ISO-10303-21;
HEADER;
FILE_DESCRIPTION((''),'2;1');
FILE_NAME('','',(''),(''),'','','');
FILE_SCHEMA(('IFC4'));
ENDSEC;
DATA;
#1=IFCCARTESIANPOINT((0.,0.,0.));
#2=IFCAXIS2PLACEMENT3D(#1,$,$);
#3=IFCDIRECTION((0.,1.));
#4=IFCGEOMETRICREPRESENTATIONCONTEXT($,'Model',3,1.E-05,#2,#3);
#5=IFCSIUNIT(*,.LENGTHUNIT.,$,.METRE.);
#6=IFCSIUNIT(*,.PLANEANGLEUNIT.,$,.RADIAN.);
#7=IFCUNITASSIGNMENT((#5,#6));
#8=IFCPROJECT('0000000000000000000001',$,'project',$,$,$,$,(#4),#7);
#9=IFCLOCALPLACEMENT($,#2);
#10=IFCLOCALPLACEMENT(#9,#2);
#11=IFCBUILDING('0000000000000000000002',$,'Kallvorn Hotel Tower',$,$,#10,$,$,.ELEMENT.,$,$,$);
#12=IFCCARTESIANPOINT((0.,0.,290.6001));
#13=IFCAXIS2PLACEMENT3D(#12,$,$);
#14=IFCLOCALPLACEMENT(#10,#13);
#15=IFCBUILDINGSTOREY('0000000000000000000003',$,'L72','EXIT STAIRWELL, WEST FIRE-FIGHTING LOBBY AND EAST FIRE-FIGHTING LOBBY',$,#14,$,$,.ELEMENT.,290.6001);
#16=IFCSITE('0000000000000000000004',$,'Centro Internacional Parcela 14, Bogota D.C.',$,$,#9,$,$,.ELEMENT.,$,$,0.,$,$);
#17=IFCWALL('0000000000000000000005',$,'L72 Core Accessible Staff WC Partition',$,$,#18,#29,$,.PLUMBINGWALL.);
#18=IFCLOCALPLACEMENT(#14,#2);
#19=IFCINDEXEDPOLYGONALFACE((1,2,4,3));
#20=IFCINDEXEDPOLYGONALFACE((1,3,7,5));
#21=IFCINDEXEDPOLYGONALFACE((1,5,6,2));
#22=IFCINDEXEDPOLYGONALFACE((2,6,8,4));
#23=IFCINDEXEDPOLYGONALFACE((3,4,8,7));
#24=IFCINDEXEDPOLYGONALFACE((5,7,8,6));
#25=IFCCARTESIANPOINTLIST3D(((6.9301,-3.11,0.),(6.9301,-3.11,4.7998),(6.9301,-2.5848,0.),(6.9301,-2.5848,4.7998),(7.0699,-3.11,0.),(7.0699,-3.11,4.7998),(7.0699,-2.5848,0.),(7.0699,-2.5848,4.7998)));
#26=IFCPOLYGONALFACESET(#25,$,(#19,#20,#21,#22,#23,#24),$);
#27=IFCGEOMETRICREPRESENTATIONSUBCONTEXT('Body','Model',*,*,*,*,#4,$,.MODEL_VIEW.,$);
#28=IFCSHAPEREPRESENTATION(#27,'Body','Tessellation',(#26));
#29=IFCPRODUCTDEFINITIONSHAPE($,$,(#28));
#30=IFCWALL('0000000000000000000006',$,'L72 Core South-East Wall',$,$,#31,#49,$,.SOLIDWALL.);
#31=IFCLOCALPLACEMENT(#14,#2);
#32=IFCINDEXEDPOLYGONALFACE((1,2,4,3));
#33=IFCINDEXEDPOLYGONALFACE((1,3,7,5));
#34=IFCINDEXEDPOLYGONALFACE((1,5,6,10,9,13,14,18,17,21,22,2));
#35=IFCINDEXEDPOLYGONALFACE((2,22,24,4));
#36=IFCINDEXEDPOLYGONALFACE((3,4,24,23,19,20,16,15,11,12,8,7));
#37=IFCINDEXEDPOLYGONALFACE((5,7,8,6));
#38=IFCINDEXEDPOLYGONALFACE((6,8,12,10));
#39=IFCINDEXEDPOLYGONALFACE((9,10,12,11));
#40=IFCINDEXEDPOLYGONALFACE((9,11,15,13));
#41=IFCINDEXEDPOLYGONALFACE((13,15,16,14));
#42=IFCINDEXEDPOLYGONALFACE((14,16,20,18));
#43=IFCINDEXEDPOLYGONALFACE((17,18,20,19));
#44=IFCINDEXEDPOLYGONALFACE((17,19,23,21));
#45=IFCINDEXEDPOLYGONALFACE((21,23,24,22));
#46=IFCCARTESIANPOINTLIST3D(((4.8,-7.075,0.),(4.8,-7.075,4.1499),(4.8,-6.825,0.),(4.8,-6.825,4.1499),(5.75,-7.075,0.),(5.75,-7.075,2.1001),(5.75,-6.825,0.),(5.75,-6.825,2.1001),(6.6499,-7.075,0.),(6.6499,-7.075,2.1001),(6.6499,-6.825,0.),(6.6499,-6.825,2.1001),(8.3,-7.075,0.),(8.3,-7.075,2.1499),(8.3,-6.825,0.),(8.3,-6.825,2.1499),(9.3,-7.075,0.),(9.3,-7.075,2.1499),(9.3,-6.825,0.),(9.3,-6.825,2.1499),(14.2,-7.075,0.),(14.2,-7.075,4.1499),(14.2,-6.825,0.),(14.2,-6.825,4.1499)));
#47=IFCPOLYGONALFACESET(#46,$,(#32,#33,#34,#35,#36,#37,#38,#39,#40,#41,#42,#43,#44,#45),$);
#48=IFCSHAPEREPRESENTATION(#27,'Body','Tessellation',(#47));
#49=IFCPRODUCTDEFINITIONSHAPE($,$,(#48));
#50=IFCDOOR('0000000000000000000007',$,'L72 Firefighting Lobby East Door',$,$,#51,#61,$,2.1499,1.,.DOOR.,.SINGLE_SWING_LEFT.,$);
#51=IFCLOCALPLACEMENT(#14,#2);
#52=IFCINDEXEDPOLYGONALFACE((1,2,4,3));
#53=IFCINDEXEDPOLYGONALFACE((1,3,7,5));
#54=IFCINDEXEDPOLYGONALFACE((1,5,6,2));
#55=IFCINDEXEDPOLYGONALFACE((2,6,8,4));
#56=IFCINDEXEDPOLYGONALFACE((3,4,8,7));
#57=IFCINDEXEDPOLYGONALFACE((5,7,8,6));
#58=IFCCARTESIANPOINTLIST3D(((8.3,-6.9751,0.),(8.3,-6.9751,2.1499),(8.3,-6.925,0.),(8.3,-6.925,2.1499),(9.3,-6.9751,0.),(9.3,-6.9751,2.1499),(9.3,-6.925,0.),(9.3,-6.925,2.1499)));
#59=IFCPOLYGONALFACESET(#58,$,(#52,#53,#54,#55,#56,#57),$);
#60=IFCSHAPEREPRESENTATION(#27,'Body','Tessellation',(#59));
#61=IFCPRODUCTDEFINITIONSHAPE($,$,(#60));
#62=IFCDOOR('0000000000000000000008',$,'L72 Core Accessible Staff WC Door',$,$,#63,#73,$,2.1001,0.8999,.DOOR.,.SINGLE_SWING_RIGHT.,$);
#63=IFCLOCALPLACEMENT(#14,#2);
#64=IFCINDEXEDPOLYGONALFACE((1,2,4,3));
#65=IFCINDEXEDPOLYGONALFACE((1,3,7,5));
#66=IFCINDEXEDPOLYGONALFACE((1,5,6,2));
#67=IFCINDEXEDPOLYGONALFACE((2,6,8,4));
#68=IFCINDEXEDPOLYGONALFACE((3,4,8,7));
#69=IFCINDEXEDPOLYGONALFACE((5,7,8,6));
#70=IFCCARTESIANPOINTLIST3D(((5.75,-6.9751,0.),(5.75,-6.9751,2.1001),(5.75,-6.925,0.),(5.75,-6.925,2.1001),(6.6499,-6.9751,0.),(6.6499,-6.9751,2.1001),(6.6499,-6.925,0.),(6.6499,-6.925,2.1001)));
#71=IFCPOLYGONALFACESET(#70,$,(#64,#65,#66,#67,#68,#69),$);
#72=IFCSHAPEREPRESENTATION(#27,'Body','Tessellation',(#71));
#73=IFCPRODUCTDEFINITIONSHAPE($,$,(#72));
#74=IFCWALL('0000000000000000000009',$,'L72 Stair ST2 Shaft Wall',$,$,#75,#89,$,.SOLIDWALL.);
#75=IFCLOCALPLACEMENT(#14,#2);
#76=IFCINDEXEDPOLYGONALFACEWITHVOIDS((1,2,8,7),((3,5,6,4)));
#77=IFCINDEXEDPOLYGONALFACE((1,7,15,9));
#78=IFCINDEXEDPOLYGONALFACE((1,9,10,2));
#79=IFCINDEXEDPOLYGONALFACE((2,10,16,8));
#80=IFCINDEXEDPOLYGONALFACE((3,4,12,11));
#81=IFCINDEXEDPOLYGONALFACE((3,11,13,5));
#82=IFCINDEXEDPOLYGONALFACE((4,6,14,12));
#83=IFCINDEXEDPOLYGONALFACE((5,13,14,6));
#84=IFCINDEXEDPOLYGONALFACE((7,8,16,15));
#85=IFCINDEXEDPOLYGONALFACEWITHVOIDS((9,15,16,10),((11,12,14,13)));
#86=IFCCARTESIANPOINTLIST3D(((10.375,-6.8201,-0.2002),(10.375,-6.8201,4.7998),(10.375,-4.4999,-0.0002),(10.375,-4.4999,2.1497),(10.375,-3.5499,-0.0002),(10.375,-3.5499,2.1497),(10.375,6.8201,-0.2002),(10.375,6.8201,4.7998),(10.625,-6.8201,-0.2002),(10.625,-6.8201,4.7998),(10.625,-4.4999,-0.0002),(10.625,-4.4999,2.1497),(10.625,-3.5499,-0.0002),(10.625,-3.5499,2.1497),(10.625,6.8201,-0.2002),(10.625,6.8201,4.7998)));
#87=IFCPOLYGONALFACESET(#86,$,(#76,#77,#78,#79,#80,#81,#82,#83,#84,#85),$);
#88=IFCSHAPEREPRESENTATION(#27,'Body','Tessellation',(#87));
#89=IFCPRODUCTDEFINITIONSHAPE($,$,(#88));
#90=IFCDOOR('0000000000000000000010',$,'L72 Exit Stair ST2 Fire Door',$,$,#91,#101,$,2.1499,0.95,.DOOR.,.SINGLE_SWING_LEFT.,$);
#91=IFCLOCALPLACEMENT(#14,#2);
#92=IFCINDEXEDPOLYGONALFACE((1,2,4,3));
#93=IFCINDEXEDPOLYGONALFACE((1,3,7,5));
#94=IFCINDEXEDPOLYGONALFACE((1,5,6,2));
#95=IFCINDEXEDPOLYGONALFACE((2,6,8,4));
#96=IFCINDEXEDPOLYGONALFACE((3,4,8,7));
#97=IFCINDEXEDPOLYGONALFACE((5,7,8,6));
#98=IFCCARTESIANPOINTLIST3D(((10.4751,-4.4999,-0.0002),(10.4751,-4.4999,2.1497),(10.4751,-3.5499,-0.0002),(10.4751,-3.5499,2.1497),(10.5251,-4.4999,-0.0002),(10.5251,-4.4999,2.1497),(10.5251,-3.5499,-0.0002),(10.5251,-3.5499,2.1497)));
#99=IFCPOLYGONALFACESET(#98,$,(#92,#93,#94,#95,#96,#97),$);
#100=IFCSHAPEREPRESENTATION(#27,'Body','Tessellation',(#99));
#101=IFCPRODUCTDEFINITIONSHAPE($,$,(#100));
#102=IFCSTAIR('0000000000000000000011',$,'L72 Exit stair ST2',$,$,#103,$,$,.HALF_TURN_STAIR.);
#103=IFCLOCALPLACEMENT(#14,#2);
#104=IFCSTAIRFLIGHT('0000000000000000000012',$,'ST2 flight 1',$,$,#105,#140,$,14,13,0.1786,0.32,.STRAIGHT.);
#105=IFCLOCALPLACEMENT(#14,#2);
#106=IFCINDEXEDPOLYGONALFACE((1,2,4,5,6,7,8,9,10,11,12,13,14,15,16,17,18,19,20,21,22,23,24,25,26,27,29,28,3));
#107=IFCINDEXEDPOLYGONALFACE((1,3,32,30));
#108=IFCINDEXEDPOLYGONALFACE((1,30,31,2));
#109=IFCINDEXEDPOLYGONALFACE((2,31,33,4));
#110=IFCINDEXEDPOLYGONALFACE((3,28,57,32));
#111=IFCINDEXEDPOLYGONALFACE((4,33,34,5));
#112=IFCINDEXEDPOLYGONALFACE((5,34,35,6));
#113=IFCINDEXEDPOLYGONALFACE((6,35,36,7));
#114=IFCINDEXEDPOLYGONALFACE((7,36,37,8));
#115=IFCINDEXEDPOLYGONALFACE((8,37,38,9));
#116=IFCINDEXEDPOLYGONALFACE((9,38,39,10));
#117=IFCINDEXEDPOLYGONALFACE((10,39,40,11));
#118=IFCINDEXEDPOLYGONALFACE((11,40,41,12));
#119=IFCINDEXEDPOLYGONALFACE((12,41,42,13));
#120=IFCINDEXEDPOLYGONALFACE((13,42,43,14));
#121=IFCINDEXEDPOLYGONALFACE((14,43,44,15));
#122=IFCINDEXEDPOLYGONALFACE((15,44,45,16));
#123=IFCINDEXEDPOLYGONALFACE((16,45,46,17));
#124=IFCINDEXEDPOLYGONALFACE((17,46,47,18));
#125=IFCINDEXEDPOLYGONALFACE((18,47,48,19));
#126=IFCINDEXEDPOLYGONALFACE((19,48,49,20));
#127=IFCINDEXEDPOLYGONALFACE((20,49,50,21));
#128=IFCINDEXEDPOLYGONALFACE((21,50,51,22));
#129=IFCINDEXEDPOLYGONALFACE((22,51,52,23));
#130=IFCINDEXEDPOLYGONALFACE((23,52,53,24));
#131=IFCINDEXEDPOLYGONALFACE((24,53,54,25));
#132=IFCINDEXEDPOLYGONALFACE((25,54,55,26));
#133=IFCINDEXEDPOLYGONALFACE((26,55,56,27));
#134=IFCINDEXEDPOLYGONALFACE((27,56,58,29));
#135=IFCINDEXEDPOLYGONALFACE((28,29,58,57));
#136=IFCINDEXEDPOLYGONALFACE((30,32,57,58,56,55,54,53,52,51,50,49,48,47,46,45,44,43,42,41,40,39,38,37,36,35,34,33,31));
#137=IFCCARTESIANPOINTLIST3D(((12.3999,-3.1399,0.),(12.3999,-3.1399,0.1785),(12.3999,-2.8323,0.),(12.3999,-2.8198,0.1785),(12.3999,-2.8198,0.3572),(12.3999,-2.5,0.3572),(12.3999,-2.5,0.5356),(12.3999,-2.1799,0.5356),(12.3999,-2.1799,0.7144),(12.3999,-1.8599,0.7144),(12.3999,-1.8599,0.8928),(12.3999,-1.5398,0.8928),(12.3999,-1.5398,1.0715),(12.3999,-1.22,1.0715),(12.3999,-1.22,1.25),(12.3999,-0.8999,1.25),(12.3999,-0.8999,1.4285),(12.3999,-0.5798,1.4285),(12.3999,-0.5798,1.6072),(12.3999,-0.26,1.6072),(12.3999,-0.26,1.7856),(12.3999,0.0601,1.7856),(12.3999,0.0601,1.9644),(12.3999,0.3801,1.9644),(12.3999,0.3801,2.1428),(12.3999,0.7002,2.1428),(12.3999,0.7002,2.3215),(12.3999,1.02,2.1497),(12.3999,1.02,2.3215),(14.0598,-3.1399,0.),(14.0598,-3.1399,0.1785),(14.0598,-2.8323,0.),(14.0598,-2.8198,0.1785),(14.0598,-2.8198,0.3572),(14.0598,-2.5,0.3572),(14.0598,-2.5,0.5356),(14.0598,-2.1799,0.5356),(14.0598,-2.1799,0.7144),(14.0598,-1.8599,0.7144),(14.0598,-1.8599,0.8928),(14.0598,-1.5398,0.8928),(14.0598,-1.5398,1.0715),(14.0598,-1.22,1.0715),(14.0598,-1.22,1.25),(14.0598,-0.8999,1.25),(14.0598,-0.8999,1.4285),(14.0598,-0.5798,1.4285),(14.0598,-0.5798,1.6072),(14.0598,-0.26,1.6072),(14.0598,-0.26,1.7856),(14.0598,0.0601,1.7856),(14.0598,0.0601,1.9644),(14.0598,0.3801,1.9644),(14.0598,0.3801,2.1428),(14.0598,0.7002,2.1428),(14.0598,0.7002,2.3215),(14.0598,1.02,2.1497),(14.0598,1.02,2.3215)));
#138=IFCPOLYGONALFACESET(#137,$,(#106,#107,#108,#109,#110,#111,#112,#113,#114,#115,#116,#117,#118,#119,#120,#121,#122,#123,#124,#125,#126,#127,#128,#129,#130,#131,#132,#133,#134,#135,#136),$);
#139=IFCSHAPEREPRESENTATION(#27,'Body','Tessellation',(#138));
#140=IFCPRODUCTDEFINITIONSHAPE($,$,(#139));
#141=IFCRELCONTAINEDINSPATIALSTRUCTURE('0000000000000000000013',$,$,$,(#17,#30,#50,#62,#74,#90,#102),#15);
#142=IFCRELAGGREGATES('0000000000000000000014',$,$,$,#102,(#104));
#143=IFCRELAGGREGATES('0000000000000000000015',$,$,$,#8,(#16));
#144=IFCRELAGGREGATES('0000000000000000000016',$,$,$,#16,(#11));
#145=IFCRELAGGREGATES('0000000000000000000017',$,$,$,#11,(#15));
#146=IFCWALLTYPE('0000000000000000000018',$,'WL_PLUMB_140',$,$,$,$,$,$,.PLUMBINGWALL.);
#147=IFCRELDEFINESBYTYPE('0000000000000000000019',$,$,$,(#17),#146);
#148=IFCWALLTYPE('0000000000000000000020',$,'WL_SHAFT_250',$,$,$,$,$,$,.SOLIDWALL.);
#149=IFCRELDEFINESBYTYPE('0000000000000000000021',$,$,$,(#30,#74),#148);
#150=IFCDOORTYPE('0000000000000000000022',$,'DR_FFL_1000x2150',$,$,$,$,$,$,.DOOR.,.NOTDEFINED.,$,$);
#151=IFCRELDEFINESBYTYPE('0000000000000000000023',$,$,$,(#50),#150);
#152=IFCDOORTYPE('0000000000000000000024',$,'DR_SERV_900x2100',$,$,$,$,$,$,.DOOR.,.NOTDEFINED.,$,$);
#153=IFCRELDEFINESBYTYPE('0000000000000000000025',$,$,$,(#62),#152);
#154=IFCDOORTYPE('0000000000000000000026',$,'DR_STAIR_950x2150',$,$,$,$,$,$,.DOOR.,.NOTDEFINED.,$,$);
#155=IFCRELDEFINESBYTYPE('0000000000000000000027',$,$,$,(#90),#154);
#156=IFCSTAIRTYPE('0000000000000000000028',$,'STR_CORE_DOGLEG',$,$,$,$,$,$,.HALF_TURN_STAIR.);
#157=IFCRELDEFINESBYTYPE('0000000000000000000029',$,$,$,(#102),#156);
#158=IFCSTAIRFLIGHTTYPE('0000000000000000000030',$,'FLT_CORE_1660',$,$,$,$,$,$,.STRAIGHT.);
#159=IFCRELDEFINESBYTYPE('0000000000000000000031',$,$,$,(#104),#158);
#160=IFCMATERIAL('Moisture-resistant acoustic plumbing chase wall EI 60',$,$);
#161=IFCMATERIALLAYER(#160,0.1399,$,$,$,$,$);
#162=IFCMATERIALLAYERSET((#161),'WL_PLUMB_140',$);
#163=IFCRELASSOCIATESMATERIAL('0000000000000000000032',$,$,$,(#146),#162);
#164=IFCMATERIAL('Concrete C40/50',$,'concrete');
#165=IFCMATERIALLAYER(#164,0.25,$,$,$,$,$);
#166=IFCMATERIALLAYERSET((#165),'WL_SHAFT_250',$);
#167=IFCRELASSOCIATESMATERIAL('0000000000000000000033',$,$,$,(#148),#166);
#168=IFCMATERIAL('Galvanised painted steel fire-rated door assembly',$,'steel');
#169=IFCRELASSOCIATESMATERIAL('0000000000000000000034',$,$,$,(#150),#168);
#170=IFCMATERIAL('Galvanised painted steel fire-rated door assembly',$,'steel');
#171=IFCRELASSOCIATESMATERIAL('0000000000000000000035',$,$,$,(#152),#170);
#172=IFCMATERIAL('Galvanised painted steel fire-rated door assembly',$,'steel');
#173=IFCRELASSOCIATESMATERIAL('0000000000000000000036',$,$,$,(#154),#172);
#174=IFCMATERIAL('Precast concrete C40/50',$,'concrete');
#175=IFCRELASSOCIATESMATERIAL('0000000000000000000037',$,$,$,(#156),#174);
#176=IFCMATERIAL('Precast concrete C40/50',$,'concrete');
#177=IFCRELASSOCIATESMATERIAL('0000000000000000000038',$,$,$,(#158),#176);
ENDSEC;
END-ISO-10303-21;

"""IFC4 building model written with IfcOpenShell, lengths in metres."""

from ifc_helpers import new_model, si_unit, direction, frame, frame_2d, origin, place, context, subcontext, project, spatial, polyline, rectangle, outline, extrude, material, layer, layer_set, type_object, element, fill, aggregate, save


model = new_model("IFC4")

# Units and contexts
model_context = context("Model", 3, precision=1e-05, world=origin(), true_north=direction((0.0, 1.0)))
body_context = subcontext(model_context, "Body", "Model", "MODEL_VIEW")
ifc_project = project(units=[si_unit("LENGTHUNIT", "METRE"), si_unit("PLANEANGLEUNIT", "RADIAN")], contexts=[model_context])

# Site, building, storey
site_placement = place(None, origin())
site = spatial("IfcSite", under=ifc_project, at=site_placement, Name="Centro Internacional Parcela 14, Bogota D.C.", CompositionType="ELEMENT", RefElevation=0.0)
building_placement = place(site_placement, origin())
building = spatial("IfcBuilding", under=site, at=building_placement, Name="Kallvorn Hotel Tower", CompositionType="ELEMENT")
storey_placement = place(building_placement, frame((0.0, 0.0, 290.6001)))
storey = spatial("IfcBuildingStorey", under=building, at=storey_placement, Name="L72", Description="EXIT STAIRWELL, WEST FIRE-FIGHTING LOBBY AND EAST FIRE-FIGHTING LOBBY", CompositionType="ELEMENT", Elevation=290.6001)

# Wall
ifc_material_1 = material(Name="Moisture-resistant acoustic plumbing chase wall EI 60")
ifc_layer_1 = layer(ifc_material_1, 0.1399)
ifc_layer_set_1 = layer_set([ifc_layer_1], Name="WL_PLUMB_140")
wall_type_1 = type_object("IfcWallType", Name="WL_PLUMB_140", PredefinedType="PLUMBINGWALL", material=ifc_layer_set_1)
wall_1_placement = place(storey_placement, frame((7.0, -3.1101, 0.0), z_axis=(0.0, 0.0, 1.0), x_axis=(0.0, 1.0, 0.0)))
element("IfcWall", 1, at=wall_1_placement, inside=storey, type_object=wall_type_1, Name="L72 Core Accessible Staff WC Partition", PredefinedType="PLUMBINGWALL", context=body_context, shape_type="SweptSolid", body=[
    extrude(rectangle(XDim=0.5251, YDim=0.1399, at=frame_2d((0.2627, 0.0))), origin(), (0.0, 0.0, 1.0), 4.7998),
])

# Wall, openings, doors
ifc_material_2 = material(Name="Concrete C40/50", Category="concrete")
ifc_layer_2 = layer(ifc_material_2, 0.25)
ifc_layer_set_2 = layer_set([ifc_layer_2], Name="WL_SHAFT_250")
wall_type_2 = type_object("IfcWallType", Name="WL_SHAFT_250", PredefinedType="SOLIDWALL", material=ifc_layer_set_2)
wall_2_placement = place(storey_placement, frame((4.8, -6.95, 0.0), z_axis=(0.0, 0.0, 1.0), x_axis=(1.0, 0.0, 0.0)))
wall_2 = element("IfcWall", 2, at=wall_2_placement, inside=storey, type_object=wall_type_2, Name="L72 Core South-East Wall", PredefinedType="SOLIDWALL", context=body_context, shape_type="SweptSolid", body=[
    extrude(rectangle(XDim=9.3999, YDim=0.25, at=frame_2d((4.7, 0.0))), origin(), (0.0, 0.0, 1.0), 4.1499),
])
opening_1_placement = place(wall_2_placement, frame((3.5, 0.0, 0.0)))
opening_1 = element("IfcOpeningElement", 3, at=opening_1_placement, cuts=wall_2, PredefinedType="OPENING", context=body_context, shape_type="SweptSolid", body=[
    extrude(rectangle(XDim=1.0, YDim=2.1499, at=frame_2d((0.5, 1.075))), frame((0.0, 0.1399, 0.0), z_axis=(0.0, -1.0, 0.0), x_axis=(1.0, 0.0, 0.0)), (0.0, 0.0, 1.0), 0.28),
])
opening_2_placement = place(wall_2_placement, frame((0.95, 0.0, 0.0)))
opening_2 = element("IfcOpeningElement", 4, at=opening_2_placement, cuts=wall_2, PredefinedType="OPENING", context=body_context, shape_type="SweptSolid", body=[
    extrude(rectangle(XDim=0.8999, YDim=2.1001, at=frame_2d((0.45, 1.05))), frame((0.0, 0.1399, 0.0), z_axis=(0.0, -1.0, 0.0), x_axis=(1.0, 0.0, 0.0)), (0.0, 0.0, 1.0), 0.28),
])
ifc_material_3 = material(Name="Galvanised painted steel fire-rated door assembly", Category="steel")
door_type_1 = type_object("IfcDoorType", Name="DR_FFL_1000x2150", OperationType="NOTDEFINED", PredefinedType="DOOR", material=ifc_material_3)
door_1_placement = place(opening_1_placement, origin())
door_1 = element("IfcDoor", 5, at=door_1_placement, inside=storey, type_object=door_type_1, Name="L72 Firefighting Lobby East Door", OperationType="SINGLE_SWING_LEFT", OverallHeight=2.1499, OverallWidth=1.0, PredefinedType="DOOR", context=body_context, shape_type="SweptSolid", body=[
    extrude(rectangle(XDim=1.0, YDim=2.1499, at=frame_2d((0.5, 1.075))), frame((0.0, 0.0249, 0.0), z_axis=(0.0, -1.0, 0.0), x_axis=(1.0, 0.0, 0.0)), (0.0, 0.0, 1.0), 0.05),
])
fill(opening_1, door_1)
ifc_material_4 = material(Name="Galvanised painted steel fire-rated door assembly", Category="steel")
door_type_2 = type_object("IfcDoorType", Name="DR_SERV_900x2100", OperationType="NOTDEFINED", PredefinedType="DOOR", material=ifc_material_4)
door_2_placement = place(opening_2_placement, origin())
door_2 = element("IfcDoor", 6, at=door_2_placement, inside=storey, type_object=door_type_2, Name="L72 Core Accessible Staff WC Door", OperationType="SINGLE_SWING_RIGHT", OverallHeight=2.1001, OverallWidth=0.8999, PredefinedType="DOOR", context=body_context, shape_type="SweptSolid", body=[
    extrude(rectangle(XDim=0.8999, YDim=2.1001, at=frame_2d((0.45, 1.05))), frame((0.0, 0.0249, 0.0), z_axis=(0.0, -1.0, 0.0), x_axis=(1.0, 0.0, 0.0)), (0.0, 0.0, 1.0), 0.05),
])
fill(opening_2, door_2)

# Wall, opening, door
wall_3_placement = place(storey_placement, frame((10.5, -6.8201, -0.2002), z_axis=(0.0, 0.0, 1.0), x_axis=(0.0, 1.0, 0.0)))
wall_3 = element("IfcWall", 7, at=wall_3_placement, inside=storey, type_object=wall_type_2, Name="L72 Stair ST2 Shaft Wall", PredefinedType="SOLIDWALL", context=body_context, shape_type="SweptSolid", body=[
    extrude(rectangle(XDim=13.6401, YDim=0.25, at=frame_2d((6.8201, 0.0))), origin(), (0.0, 0.0, 1.0), 5.0),
])
opening_3_placement = place(wall_3_placement, frame((2.3201, 0.0, 0.2)))
opening_3 = element("IfcOpeningElement", 8, at=opening_3_placement, cuts=wall_3, PredefinedType="OPENING", context=body_context, shape_type="SweptSolid", body=[
    extrude(rectangle(XDim=0.95, YDim=2.1499, at=frame_2d((0.4751, 1.075))), frame((0.0, 0.1399, 0.0), z_axis=(0.0, -1.0, 0.0), x_axis=(1.0, 0.0, 0.0)), (0.0, 0.0, 1.0), 0.28),
])
ifc_material_5 = material(Name="Galvanised painted steel fire-rated door assembly", Category="steel")
door_type_3 = type_object("IfcDoorType", Name="DR_STAIR_950x2150", OperationType="NOTDEFINED", PredefinedType="DOOR", material=ifc_material_5)
door_3_placement = place(opening_3_placement, origin())
door_3 = element("IfcDoor", 9, at=door_3_placement, inside=storey, type_object=door_type_3, Name="L72 Exit Stair ST2 Fire Door", OperationType="SINGLE_SWING_LEFT", OverallHeight=2.1499, OverallWidth=0.95, PredefinedType="DOOR", context=body_context, shape_type="SweptSolid", body=[
    extrude(rectangle(XDim=0.95, YDim=2.1499, at=frame_2d((0.4751, 1.075))), frame((0.0, 0.0249, 0.0), z_axis=(0.0, -1.0, 0.0), x_axis=(1.0, 0.0, 0.0)), (0.0, 0.0, 1.0), 0.05),
])
fill(opening_3, door_3)

# Stair, stair flight
ifc_material_6 = material(Name="Precast concrete C40/50", Category="concrete")
stair_type = type_object("IfcStairType", Name="STR_CORE_DOGLEG", PredefinedType="HALF_TURN_STAIR", material=ifc_material_6)
stair_placement = place(storey_placement, origin())
stair = element("IfcStair", 10, at=stair_placement, inside=storey, type_object=stair_type, Name="L72 Exit stair ST2", PredefinedType="HALF_TURN_STAIR")
ifc_material_7 = material(Name="Precast concrete C40/50", Category="concrete")
stair_flight_type = type_object("IfcStairFlightType", Name="FLT_CORE_1660", PredefinedType="STRAIGHT", material=ifc_material_7)
stair_flight_placement = place(storey_placement, frame((13.23, -3.1399, 0.0), z_axis=(0.0, 0.0, 1.0), x_axis=(0.0, 1.0, 0.0)))
stair_flight = element("IfcStairFlight", 11, at=stair_flight_placement, type_object=stair_flight_type, Name="ST2 flight 1", NumberOfRisers=14, NumberOfTreads=13, PredefinedType="STRAIGHT", RiserHeight=0.1786, TreadLength=0.32, context=body_context, shape_type="SweptSolid", body=[
    extrude(outline(polyline([(0.0, 0.0), (0.0, 0.1785), (0.3201, 0.1785), (0.3201, 0.3572), (0.6399, 0.3572), (0.6399, 0.5356), (0.96, 0.5356), (0.96, 0.7144), (1.28, 0.7144), (1.28, 0.8928), (1.6001, 0.8928), (1.6001, 1.0715), (1.9199, 1.0715), (1.9199, 1.25), (2.24, 1.25), (2.24, 1.4285), (2.5601, 1.4285), (2.5601, 1.6072), (2.8799, 1.6072), (2.8799, 1.7856), (3.2, 1.7856), (3.2, 1.9644), (3.52, 1.9644), (3.52, 2.1428), (3.8401, 2.1428), (3.8401, 2.3215), (4.1599, 2.3215), (4.1599, 2.5), (4.1599, 2.1497), (0.3076, 0.0), (0.0, 0.0)])), frame((0.0, 0.8301, 0.0), z_axis=(0.0, -1.0, 0.0), x_axis=(1.0, 0.0, 0.0)), (0.0, 0.0, 1.0), 1.6599),
])
aggregate(stair, [stair_flight])

save(model, "model.ifc")
